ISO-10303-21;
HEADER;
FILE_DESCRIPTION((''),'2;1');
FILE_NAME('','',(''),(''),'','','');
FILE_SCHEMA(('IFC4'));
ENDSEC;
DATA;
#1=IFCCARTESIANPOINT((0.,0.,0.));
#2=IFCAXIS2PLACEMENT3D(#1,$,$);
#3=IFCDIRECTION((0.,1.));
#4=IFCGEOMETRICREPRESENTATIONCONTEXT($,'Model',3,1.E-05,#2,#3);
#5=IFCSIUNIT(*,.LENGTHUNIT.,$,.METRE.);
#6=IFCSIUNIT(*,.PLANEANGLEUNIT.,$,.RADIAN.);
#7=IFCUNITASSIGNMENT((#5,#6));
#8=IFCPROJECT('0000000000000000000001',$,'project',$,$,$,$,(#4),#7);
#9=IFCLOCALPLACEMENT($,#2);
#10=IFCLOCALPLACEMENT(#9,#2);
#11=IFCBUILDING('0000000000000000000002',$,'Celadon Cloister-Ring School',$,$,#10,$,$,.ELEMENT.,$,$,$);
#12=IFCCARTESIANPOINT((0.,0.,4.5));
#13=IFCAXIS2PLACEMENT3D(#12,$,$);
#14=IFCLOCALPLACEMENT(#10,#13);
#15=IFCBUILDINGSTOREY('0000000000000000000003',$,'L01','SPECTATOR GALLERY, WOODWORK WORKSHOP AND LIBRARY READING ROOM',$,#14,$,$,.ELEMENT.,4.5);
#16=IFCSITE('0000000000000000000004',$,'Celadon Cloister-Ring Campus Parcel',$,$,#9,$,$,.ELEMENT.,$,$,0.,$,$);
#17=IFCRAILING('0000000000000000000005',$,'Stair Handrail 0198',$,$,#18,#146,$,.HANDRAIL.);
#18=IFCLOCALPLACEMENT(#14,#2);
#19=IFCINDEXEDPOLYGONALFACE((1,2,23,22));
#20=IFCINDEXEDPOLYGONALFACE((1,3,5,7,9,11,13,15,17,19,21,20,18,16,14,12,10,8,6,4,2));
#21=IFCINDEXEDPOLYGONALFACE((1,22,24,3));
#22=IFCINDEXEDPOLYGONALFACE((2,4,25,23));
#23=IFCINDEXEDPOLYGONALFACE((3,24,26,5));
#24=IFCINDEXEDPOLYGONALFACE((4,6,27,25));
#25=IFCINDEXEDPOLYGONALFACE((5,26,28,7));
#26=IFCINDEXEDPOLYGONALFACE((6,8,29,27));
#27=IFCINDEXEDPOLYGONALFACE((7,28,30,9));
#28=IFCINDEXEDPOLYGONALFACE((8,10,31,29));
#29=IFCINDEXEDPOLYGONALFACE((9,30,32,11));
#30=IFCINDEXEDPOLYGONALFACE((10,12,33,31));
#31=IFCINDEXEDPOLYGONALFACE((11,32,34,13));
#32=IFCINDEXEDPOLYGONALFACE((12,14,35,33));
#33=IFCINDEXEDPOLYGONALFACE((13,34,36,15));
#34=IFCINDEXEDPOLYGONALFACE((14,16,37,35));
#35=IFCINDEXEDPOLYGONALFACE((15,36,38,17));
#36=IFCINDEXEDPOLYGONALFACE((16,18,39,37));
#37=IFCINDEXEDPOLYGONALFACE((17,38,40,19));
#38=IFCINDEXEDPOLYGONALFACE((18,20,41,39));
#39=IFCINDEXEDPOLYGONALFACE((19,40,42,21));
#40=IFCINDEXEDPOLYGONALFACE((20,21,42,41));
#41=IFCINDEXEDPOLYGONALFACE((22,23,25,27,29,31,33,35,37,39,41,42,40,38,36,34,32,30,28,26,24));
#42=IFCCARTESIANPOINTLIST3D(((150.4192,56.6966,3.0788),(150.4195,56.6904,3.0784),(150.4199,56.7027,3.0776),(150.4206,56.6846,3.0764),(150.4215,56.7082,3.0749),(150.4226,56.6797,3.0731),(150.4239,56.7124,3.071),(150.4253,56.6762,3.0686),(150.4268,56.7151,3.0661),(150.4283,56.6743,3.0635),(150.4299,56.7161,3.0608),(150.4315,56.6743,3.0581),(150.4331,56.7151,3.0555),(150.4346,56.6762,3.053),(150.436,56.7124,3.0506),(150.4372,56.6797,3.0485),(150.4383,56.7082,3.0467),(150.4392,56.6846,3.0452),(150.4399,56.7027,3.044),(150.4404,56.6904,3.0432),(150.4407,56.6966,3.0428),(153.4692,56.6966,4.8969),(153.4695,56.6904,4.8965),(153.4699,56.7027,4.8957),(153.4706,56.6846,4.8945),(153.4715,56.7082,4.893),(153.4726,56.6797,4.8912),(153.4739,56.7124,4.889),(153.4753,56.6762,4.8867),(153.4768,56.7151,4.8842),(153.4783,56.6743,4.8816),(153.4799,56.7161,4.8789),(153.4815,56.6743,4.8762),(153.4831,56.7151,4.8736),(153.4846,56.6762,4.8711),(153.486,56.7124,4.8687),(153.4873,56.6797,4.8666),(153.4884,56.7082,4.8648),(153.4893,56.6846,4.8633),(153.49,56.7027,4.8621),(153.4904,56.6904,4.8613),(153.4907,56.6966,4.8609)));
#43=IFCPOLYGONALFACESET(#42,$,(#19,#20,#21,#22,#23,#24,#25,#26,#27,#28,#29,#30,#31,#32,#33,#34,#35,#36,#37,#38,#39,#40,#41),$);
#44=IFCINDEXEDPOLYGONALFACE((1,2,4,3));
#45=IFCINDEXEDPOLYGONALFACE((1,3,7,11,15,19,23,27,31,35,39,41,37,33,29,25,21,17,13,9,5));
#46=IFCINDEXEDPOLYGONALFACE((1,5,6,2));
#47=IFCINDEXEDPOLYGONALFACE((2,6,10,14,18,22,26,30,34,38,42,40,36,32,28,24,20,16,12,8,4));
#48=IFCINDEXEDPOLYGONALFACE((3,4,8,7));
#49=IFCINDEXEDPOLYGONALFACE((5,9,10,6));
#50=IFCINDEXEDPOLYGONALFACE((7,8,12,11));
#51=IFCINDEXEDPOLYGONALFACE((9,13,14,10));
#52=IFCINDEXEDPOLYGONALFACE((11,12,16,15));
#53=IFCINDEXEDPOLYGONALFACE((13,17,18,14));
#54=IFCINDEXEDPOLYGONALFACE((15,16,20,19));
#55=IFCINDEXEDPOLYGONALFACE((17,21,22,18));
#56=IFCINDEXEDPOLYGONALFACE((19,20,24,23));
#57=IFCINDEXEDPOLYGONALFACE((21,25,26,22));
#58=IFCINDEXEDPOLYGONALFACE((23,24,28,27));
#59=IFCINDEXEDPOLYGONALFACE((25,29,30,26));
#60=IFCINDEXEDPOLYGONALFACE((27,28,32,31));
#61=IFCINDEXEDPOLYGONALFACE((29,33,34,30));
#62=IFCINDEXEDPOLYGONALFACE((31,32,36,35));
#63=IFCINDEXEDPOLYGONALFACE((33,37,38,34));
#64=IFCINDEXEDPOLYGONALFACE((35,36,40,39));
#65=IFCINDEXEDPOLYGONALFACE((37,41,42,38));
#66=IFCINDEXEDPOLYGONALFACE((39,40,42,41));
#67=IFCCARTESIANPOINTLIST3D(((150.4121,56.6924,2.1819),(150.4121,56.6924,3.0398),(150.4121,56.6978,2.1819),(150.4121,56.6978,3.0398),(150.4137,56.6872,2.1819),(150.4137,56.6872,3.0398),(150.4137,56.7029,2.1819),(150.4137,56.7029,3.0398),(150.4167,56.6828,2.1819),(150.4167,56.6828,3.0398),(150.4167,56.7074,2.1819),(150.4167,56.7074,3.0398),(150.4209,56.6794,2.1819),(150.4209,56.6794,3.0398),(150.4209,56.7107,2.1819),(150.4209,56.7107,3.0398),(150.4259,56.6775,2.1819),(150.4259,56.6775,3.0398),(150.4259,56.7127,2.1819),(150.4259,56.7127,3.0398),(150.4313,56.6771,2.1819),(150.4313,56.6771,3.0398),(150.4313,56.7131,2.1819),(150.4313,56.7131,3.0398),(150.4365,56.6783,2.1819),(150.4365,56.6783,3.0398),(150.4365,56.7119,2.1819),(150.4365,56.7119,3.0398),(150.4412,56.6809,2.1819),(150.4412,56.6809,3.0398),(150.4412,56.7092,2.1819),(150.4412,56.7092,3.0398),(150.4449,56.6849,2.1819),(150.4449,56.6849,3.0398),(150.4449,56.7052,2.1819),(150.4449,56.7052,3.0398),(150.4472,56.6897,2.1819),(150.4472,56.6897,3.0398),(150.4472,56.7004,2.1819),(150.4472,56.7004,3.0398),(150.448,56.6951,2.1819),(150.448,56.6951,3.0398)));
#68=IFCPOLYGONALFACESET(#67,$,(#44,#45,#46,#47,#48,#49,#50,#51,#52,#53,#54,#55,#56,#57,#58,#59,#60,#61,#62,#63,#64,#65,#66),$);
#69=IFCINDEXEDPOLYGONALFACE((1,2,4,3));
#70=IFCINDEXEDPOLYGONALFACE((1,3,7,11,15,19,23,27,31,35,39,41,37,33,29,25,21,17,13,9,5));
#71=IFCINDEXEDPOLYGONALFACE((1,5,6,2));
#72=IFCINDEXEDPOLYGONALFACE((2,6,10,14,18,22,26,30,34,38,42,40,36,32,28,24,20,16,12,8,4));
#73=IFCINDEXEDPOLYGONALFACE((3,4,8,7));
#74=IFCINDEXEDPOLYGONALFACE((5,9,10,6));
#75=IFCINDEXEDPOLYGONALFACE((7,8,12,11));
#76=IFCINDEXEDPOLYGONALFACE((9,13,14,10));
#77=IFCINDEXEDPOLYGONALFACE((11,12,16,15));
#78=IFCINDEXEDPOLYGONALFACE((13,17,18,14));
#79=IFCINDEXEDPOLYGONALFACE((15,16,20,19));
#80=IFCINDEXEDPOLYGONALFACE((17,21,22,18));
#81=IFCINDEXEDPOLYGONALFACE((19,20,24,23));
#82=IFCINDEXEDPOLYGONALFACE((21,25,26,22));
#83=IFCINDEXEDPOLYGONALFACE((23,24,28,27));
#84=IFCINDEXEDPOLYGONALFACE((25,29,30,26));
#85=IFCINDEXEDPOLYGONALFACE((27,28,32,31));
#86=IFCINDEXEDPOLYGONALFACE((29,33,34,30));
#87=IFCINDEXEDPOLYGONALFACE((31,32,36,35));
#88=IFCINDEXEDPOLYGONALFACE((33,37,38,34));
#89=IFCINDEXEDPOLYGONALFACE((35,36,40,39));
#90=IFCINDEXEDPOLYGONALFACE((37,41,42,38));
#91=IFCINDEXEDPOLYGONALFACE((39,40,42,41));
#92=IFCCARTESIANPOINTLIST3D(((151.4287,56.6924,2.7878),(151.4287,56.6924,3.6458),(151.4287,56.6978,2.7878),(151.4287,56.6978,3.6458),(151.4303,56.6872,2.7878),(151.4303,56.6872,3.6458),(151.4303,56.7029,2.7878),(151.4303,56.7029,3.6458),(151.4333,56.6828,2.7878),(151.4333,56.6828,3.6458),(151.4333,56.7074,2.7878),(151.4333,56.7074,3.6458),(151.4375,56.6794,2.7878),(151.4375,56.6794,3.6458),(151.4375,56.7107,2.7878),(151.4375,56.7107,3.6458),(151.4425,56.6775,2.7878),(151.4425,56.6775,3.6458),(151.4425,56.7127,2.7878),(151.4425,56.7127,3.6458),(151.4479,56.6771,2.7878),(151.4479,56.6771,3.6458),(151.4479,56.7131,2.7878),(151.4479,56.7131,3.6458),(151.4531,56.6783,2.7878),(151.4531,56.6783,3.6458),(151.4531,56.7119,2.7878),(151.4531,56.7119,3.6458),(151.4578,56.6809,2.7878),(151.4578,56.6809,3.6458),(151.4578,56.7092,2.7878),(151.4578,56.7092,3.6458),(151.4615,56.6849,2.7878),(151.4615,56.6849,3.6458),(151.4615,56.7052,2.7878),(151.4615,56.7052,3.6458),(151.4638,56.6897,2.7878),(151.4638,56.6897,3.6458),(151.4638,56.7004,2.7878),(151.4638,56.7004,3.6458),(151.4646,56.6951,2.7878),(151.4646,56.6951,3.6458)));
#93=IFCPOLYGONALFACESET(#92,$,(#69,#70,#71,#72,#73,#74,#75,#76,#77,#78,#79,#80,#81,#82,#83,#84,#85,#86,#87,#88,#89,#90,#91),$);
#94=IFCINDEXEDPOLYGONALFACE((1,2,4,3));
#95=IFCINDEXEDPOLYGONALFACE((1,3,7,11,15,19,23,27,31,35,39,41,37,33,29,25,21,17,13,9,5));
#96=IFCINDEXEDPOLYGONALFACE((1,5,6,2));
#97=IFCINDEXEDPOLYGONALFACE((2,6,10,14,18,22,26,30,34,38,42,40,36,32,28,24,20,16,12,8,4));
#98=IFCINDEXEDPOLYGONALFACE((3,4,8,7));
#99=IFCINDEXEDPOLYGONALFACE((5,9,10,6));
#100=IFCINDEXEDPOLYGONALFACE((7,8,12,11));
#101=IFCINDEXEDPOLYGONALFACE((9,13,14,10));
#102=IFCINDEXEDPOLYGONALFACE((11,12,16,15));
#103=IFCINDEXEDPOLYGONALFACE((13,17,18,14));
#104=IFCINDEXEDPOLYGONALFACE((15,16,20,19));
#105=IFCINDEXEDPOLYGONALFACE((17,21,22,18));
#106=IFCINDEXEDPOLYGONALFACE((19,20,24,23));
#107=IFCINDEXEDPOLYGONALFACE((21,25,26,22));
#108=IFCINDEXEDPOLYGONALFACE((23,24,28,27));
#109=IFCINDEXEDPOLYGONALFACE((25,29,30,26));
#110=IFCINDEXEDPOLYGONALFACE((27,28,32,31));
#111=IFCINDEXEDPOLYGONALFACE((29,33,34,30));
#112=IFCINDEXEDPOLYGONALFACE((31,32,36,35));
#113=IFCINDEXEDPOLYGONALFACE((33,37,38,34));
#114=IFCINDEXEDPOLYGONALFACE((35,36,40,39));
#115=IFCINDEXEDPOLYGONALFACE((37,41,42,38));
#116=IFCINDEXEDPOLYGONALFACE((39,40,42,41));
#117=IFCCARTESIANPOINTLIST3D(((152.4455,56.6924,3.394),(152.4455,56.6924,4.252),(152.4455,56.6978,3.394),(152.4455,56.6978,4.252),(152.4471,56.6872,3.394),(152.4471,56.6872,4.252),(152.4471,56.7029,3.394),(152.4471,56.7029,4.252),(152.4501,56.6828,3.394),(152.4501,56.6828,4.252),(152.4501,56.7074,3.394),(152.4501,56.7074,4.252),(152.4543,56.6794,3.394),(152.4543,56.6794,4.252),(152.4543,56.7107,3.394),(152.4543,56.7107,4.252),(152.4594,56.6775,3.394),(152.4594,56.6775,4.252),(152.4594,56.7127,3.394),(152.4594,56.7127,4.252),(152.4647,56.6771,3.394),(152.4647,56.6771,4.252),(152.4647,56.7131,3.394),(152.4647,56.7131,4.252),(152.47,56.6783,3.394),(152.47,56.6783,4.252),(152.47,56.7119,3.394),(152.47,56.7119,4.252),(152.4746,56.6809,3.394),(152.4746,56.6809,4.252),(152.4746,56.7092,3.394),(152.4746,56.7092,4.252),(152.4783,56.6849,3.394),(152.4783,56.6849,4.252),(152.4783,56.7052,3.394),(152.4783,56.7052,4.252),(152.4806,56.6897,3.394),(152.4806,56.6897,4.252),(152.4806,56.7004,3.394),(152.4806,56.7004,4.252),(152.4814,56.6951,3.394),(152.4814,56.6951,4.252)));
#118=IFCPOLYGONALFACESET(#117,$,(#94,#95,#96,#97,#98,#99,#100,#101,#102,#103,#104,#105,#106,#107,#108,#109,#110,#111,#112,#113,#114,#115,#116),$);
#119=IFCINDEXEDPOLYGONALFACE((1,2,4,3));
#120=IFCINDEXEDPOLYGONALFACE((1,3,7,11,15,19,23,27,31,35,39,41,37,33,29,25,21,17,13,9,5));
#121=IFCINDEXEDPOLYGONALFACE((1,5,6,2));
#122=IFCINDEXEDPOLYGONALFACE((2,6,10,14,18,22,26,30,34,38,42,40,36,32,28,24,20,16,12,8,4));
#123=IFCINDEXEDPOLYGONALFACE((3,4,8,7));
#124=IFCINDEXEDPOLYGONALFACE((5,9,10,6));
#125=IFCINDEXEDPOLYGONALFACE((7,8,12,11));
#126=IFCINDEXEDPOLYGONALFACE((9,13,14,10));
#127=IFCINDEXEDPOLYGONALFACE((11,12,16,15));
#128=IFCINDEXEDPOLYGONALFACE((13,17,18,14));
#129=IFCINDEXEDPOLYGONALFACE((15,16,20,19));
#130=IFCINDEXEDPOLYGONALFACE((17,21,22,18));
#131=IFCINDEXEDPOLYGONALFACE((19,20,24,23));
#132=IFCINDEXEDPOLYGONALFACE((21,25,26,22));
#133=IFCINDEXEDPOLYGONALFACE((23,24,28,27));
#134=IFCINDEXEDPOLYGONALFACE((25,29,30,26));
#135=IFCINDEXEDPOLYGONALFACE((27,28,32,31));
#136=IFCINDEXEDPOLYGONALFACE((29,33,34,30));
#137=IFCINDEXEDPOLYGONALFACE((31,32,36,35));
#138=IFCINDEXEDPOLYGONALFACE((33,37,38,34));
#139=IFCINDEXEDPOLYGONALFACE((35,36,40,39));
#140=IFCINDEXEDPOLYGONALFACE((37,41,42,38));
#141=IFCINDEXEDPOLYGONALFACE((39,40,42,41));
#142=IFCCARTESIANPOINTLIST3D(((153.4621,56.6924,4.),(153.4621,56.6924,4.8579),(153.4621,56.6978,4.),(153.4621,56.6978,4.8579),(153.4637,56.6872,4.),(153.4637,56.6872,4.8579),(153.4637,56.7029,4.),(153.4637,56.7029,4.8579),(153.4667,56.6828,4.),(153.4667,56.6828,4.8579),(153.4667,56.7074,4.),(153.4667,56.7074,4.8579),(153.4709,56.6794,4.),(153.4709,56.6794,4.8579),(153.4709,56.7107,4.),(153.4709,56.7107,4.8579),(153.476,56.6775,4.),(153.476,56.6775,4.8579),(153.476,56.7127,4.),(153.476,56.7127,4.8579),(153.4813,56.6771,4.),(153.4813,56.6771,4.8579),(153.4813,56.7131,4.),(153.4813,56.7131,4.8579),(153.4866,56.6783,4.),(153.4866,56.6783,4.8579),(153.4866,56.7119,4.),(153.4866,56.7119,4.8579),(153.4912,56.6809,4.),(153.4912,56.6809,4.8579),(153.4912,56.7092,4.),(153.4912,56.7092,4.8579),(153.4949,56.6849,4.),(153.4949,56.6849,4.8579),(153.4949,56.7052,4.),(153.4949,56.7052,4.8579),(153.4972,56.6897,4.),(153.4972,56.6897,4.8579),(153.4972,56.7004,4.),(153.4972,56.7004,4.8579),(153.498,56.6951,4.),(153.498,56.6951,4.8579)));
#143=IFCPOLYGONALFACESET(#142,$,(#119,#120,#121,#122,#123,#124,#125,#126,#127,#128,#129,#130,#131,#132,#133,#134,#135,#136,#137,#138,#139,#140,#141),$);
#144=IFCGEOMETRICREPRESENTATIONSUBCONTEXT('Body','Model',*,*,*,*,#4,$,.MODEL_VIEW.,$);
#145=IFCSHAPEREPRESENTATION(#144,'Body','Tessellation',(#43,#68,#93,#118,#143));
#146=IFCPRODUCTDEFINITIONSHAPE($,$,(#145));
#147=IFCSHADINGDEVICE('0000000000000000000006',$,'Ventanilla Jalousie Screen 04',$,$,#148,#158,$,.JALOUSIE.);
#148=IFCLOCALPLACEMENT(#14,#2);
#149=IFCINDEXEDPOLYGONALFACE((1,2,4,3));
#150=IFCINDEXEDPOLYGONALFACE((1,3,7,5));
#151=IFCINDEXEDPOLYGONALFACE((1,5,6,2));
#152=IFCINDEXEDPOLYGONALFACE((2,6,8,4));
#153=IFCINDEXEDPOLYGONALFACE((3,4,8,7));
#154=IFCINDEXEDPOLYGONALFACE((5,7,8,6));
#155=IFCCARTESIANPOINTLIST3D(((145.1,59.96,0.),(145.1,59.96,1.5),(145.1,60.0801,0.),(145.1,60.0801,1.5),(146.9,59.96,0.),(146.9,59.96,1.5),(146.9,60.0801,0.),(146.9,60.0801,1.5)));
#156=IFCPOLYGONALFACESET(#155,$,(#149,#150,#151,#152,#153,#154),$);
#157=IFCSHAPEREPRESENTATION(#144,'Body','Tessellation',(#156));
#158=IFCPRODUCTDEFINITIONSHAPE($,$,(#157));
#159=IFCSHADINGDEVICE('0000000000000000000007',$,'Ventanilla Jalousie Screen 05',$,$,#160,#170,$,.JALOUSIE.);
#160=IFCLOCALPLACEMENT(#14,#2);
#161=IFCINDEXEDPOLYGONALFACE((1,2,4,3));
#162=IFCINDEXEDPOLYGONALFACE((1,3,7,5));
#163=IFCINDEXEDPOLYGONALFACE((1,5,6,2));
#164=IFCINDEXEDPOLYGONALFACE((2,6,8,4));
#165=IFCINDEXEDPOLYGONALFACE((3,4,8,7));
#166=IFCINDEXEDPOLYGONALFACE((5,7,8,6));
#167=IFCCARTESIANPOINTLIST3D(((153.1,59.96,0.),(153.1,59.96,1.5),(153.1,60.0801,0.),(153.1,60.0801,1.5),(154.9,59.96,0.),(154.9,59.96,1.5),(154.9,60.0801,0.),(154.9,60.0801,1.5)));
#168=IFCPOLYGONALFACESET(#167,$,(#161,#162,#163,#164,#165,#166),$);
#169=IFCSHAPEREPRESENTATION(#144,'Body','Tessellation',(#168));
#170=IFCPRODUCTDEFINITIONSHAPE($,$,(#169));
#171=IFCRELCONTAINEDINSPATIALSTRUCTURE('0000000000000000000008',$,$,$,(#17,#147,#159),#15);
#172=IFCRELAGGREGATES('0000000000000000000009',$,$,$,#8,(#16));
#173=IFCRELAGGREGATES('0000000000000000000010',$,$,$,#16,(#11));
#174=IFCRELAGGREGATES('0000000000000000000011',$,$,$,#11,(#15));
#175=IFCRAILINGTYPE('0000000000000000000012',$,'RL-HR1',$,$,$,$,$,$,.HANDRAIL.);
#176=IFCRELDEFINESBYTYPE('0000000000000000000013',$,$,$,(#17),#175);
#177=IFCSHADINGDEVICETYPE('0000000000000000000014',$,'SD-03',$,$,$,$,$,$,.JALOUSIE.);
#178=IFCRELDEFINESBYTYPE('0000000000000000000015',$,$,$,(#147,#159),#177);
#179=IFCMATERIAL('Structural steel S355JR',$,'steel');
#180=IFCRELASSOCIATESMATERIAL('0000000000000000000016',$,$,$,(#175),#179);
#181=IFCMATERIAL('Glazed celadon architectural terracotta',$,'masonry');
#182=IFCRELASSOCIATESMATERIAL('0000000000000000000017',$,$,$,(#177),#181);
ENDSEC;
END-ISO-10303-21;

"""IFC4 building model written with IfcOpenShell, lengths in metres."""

from ifc_helpers import new_model, si_unit, direction, frame, origin, origin_2d, place, context, subcontext, project, spatial, rectangle, circle, extrude, material, type_object, element, save


model = new_model("IFC4")

# Units and contexts
model_context = context("Model", 3, precision=1e-05, world=origin(), true_north=direction((0.0, 1.0)))
body_context = subcontext(model_context, "Body", "Model", "MODEL_VIEW")
ifc_project = project(units=[si_unit("LENGTHUNIT", "METRE"), si_unit("PLANEANGLEUNIT", "RADIAN")], contexts=[model_context])

# Site, building, storey
site_placement = place(None, origin())
site = spatial("IfcSite", under=ifc_project, at=site_placement, Name="Celadon Cloister-Ring Campus Parcel", CompositionType="ELEMENT", RefElevation=0.0)
building_placement = place(site_placement, origin())
building = spatial("IfcBuilding", under=site, at=building_placement, Name="Celadon Cloister-Ring School", CompositionType="ELEMENT")
storey_placement = place(building_placement, frame((0.0, 0.0, 4.5)))
storey = spatial("IfcBuildingStorey", under=building, at=storey_placement, Name="L01", Description="SPECTATOR GALLERY, WOODWORK WORKSHOP AND LIBRARY READING ROOM", CompositionType="ELEMENT", Elevation=4.5)

# Railing
ifc_material_1 = material(Name="Structural steel S355JR", Category="steel")
railing_type_1 = type_object("IfcRailingType", Name="RL-HR1", PredefinedType="HANDRAIL", material=ifc_material_1)
for number, where, name in (
    (1, (150.4299, 56.6951, 2.1819), "Stair Handrail 0198"),
):
    element("IfcRailing", number, at=place(storey_placement, frame(where)), inside=storey, type_object=railing_type_1, Name=name, PredefinedType="HANDRAIL", context=body_context, shape_type="SweptSolid", body=[
        extrude(circle(Radius=0.021, at=origin_2d()), frame((0.0, 0.0, 0.8789), z_axis=(0.85897, 0.0, 0.512026), x_axis=(0.0, 1.0, 0.0)), (0.0, 0.0, 1.0), 3.5508),
        extrude(circle(Radius=0.0181, at=origin_2d()), origin(), (0.0, 0.0, 1.0), 0.8579),
        extrude(circle(Radius=0.0181, at=origin_2d()), frame((1.0166, 0.0, 0.606)), (0.0, 0.0, 1.0), 0.8579),
        extrude(circle(Radius=0.0181, at=origin_2d()), frame((2.0334, 0.0, 1.2122)), (0.0, 0.0, 1.0), 0.8579),
        extrude(circle(Radius=0.0181, at=origin_2d()), frame((3.05, 0.0, 1.8181)), (0.0, 0.0, 1.0), 0.8579),
    ])

# Shading devices
ifc_material_2 = material(Name="Glazed celadon architectural terracotta", Category="masonry")
shading_device_type = type_object("IfcShadingDeviceType", Name="SD-03", PredefinedType="JALOUSIE", material=ifc_material_2)
for number, where, z_axis, x_axis, name in (
    (2, (146.0, 60.02, 0.0), (0.0, 0.0, 1.0), (1.0, 0.0, 0.0), "Ventanilla Jalousie Screen 04"),
    (3, (154.0, 60.02, 0.0), (0.0, 0.0, 1.0), (1.0, 0.0, 0.0), "Ventanilla Jalousie Screen 05"),
):
    element("IfcShadingDevice", number, at=place(storey_placement, frame(where, z_axis=z_axis, x_axis=x_axis)), inside=storey, type_object=shading_device_type, Name=name, PredefinedType="JALOUSIE", context=body_context, shape_type="SweptSolid", body=[
        extrude(rectangle(XDim=1.8, YDim=0.1201, at=origin_2d()), origin(), (0.0, 0.0, 1.0), 1.5),
    ])

save(model, "model.ifc")
